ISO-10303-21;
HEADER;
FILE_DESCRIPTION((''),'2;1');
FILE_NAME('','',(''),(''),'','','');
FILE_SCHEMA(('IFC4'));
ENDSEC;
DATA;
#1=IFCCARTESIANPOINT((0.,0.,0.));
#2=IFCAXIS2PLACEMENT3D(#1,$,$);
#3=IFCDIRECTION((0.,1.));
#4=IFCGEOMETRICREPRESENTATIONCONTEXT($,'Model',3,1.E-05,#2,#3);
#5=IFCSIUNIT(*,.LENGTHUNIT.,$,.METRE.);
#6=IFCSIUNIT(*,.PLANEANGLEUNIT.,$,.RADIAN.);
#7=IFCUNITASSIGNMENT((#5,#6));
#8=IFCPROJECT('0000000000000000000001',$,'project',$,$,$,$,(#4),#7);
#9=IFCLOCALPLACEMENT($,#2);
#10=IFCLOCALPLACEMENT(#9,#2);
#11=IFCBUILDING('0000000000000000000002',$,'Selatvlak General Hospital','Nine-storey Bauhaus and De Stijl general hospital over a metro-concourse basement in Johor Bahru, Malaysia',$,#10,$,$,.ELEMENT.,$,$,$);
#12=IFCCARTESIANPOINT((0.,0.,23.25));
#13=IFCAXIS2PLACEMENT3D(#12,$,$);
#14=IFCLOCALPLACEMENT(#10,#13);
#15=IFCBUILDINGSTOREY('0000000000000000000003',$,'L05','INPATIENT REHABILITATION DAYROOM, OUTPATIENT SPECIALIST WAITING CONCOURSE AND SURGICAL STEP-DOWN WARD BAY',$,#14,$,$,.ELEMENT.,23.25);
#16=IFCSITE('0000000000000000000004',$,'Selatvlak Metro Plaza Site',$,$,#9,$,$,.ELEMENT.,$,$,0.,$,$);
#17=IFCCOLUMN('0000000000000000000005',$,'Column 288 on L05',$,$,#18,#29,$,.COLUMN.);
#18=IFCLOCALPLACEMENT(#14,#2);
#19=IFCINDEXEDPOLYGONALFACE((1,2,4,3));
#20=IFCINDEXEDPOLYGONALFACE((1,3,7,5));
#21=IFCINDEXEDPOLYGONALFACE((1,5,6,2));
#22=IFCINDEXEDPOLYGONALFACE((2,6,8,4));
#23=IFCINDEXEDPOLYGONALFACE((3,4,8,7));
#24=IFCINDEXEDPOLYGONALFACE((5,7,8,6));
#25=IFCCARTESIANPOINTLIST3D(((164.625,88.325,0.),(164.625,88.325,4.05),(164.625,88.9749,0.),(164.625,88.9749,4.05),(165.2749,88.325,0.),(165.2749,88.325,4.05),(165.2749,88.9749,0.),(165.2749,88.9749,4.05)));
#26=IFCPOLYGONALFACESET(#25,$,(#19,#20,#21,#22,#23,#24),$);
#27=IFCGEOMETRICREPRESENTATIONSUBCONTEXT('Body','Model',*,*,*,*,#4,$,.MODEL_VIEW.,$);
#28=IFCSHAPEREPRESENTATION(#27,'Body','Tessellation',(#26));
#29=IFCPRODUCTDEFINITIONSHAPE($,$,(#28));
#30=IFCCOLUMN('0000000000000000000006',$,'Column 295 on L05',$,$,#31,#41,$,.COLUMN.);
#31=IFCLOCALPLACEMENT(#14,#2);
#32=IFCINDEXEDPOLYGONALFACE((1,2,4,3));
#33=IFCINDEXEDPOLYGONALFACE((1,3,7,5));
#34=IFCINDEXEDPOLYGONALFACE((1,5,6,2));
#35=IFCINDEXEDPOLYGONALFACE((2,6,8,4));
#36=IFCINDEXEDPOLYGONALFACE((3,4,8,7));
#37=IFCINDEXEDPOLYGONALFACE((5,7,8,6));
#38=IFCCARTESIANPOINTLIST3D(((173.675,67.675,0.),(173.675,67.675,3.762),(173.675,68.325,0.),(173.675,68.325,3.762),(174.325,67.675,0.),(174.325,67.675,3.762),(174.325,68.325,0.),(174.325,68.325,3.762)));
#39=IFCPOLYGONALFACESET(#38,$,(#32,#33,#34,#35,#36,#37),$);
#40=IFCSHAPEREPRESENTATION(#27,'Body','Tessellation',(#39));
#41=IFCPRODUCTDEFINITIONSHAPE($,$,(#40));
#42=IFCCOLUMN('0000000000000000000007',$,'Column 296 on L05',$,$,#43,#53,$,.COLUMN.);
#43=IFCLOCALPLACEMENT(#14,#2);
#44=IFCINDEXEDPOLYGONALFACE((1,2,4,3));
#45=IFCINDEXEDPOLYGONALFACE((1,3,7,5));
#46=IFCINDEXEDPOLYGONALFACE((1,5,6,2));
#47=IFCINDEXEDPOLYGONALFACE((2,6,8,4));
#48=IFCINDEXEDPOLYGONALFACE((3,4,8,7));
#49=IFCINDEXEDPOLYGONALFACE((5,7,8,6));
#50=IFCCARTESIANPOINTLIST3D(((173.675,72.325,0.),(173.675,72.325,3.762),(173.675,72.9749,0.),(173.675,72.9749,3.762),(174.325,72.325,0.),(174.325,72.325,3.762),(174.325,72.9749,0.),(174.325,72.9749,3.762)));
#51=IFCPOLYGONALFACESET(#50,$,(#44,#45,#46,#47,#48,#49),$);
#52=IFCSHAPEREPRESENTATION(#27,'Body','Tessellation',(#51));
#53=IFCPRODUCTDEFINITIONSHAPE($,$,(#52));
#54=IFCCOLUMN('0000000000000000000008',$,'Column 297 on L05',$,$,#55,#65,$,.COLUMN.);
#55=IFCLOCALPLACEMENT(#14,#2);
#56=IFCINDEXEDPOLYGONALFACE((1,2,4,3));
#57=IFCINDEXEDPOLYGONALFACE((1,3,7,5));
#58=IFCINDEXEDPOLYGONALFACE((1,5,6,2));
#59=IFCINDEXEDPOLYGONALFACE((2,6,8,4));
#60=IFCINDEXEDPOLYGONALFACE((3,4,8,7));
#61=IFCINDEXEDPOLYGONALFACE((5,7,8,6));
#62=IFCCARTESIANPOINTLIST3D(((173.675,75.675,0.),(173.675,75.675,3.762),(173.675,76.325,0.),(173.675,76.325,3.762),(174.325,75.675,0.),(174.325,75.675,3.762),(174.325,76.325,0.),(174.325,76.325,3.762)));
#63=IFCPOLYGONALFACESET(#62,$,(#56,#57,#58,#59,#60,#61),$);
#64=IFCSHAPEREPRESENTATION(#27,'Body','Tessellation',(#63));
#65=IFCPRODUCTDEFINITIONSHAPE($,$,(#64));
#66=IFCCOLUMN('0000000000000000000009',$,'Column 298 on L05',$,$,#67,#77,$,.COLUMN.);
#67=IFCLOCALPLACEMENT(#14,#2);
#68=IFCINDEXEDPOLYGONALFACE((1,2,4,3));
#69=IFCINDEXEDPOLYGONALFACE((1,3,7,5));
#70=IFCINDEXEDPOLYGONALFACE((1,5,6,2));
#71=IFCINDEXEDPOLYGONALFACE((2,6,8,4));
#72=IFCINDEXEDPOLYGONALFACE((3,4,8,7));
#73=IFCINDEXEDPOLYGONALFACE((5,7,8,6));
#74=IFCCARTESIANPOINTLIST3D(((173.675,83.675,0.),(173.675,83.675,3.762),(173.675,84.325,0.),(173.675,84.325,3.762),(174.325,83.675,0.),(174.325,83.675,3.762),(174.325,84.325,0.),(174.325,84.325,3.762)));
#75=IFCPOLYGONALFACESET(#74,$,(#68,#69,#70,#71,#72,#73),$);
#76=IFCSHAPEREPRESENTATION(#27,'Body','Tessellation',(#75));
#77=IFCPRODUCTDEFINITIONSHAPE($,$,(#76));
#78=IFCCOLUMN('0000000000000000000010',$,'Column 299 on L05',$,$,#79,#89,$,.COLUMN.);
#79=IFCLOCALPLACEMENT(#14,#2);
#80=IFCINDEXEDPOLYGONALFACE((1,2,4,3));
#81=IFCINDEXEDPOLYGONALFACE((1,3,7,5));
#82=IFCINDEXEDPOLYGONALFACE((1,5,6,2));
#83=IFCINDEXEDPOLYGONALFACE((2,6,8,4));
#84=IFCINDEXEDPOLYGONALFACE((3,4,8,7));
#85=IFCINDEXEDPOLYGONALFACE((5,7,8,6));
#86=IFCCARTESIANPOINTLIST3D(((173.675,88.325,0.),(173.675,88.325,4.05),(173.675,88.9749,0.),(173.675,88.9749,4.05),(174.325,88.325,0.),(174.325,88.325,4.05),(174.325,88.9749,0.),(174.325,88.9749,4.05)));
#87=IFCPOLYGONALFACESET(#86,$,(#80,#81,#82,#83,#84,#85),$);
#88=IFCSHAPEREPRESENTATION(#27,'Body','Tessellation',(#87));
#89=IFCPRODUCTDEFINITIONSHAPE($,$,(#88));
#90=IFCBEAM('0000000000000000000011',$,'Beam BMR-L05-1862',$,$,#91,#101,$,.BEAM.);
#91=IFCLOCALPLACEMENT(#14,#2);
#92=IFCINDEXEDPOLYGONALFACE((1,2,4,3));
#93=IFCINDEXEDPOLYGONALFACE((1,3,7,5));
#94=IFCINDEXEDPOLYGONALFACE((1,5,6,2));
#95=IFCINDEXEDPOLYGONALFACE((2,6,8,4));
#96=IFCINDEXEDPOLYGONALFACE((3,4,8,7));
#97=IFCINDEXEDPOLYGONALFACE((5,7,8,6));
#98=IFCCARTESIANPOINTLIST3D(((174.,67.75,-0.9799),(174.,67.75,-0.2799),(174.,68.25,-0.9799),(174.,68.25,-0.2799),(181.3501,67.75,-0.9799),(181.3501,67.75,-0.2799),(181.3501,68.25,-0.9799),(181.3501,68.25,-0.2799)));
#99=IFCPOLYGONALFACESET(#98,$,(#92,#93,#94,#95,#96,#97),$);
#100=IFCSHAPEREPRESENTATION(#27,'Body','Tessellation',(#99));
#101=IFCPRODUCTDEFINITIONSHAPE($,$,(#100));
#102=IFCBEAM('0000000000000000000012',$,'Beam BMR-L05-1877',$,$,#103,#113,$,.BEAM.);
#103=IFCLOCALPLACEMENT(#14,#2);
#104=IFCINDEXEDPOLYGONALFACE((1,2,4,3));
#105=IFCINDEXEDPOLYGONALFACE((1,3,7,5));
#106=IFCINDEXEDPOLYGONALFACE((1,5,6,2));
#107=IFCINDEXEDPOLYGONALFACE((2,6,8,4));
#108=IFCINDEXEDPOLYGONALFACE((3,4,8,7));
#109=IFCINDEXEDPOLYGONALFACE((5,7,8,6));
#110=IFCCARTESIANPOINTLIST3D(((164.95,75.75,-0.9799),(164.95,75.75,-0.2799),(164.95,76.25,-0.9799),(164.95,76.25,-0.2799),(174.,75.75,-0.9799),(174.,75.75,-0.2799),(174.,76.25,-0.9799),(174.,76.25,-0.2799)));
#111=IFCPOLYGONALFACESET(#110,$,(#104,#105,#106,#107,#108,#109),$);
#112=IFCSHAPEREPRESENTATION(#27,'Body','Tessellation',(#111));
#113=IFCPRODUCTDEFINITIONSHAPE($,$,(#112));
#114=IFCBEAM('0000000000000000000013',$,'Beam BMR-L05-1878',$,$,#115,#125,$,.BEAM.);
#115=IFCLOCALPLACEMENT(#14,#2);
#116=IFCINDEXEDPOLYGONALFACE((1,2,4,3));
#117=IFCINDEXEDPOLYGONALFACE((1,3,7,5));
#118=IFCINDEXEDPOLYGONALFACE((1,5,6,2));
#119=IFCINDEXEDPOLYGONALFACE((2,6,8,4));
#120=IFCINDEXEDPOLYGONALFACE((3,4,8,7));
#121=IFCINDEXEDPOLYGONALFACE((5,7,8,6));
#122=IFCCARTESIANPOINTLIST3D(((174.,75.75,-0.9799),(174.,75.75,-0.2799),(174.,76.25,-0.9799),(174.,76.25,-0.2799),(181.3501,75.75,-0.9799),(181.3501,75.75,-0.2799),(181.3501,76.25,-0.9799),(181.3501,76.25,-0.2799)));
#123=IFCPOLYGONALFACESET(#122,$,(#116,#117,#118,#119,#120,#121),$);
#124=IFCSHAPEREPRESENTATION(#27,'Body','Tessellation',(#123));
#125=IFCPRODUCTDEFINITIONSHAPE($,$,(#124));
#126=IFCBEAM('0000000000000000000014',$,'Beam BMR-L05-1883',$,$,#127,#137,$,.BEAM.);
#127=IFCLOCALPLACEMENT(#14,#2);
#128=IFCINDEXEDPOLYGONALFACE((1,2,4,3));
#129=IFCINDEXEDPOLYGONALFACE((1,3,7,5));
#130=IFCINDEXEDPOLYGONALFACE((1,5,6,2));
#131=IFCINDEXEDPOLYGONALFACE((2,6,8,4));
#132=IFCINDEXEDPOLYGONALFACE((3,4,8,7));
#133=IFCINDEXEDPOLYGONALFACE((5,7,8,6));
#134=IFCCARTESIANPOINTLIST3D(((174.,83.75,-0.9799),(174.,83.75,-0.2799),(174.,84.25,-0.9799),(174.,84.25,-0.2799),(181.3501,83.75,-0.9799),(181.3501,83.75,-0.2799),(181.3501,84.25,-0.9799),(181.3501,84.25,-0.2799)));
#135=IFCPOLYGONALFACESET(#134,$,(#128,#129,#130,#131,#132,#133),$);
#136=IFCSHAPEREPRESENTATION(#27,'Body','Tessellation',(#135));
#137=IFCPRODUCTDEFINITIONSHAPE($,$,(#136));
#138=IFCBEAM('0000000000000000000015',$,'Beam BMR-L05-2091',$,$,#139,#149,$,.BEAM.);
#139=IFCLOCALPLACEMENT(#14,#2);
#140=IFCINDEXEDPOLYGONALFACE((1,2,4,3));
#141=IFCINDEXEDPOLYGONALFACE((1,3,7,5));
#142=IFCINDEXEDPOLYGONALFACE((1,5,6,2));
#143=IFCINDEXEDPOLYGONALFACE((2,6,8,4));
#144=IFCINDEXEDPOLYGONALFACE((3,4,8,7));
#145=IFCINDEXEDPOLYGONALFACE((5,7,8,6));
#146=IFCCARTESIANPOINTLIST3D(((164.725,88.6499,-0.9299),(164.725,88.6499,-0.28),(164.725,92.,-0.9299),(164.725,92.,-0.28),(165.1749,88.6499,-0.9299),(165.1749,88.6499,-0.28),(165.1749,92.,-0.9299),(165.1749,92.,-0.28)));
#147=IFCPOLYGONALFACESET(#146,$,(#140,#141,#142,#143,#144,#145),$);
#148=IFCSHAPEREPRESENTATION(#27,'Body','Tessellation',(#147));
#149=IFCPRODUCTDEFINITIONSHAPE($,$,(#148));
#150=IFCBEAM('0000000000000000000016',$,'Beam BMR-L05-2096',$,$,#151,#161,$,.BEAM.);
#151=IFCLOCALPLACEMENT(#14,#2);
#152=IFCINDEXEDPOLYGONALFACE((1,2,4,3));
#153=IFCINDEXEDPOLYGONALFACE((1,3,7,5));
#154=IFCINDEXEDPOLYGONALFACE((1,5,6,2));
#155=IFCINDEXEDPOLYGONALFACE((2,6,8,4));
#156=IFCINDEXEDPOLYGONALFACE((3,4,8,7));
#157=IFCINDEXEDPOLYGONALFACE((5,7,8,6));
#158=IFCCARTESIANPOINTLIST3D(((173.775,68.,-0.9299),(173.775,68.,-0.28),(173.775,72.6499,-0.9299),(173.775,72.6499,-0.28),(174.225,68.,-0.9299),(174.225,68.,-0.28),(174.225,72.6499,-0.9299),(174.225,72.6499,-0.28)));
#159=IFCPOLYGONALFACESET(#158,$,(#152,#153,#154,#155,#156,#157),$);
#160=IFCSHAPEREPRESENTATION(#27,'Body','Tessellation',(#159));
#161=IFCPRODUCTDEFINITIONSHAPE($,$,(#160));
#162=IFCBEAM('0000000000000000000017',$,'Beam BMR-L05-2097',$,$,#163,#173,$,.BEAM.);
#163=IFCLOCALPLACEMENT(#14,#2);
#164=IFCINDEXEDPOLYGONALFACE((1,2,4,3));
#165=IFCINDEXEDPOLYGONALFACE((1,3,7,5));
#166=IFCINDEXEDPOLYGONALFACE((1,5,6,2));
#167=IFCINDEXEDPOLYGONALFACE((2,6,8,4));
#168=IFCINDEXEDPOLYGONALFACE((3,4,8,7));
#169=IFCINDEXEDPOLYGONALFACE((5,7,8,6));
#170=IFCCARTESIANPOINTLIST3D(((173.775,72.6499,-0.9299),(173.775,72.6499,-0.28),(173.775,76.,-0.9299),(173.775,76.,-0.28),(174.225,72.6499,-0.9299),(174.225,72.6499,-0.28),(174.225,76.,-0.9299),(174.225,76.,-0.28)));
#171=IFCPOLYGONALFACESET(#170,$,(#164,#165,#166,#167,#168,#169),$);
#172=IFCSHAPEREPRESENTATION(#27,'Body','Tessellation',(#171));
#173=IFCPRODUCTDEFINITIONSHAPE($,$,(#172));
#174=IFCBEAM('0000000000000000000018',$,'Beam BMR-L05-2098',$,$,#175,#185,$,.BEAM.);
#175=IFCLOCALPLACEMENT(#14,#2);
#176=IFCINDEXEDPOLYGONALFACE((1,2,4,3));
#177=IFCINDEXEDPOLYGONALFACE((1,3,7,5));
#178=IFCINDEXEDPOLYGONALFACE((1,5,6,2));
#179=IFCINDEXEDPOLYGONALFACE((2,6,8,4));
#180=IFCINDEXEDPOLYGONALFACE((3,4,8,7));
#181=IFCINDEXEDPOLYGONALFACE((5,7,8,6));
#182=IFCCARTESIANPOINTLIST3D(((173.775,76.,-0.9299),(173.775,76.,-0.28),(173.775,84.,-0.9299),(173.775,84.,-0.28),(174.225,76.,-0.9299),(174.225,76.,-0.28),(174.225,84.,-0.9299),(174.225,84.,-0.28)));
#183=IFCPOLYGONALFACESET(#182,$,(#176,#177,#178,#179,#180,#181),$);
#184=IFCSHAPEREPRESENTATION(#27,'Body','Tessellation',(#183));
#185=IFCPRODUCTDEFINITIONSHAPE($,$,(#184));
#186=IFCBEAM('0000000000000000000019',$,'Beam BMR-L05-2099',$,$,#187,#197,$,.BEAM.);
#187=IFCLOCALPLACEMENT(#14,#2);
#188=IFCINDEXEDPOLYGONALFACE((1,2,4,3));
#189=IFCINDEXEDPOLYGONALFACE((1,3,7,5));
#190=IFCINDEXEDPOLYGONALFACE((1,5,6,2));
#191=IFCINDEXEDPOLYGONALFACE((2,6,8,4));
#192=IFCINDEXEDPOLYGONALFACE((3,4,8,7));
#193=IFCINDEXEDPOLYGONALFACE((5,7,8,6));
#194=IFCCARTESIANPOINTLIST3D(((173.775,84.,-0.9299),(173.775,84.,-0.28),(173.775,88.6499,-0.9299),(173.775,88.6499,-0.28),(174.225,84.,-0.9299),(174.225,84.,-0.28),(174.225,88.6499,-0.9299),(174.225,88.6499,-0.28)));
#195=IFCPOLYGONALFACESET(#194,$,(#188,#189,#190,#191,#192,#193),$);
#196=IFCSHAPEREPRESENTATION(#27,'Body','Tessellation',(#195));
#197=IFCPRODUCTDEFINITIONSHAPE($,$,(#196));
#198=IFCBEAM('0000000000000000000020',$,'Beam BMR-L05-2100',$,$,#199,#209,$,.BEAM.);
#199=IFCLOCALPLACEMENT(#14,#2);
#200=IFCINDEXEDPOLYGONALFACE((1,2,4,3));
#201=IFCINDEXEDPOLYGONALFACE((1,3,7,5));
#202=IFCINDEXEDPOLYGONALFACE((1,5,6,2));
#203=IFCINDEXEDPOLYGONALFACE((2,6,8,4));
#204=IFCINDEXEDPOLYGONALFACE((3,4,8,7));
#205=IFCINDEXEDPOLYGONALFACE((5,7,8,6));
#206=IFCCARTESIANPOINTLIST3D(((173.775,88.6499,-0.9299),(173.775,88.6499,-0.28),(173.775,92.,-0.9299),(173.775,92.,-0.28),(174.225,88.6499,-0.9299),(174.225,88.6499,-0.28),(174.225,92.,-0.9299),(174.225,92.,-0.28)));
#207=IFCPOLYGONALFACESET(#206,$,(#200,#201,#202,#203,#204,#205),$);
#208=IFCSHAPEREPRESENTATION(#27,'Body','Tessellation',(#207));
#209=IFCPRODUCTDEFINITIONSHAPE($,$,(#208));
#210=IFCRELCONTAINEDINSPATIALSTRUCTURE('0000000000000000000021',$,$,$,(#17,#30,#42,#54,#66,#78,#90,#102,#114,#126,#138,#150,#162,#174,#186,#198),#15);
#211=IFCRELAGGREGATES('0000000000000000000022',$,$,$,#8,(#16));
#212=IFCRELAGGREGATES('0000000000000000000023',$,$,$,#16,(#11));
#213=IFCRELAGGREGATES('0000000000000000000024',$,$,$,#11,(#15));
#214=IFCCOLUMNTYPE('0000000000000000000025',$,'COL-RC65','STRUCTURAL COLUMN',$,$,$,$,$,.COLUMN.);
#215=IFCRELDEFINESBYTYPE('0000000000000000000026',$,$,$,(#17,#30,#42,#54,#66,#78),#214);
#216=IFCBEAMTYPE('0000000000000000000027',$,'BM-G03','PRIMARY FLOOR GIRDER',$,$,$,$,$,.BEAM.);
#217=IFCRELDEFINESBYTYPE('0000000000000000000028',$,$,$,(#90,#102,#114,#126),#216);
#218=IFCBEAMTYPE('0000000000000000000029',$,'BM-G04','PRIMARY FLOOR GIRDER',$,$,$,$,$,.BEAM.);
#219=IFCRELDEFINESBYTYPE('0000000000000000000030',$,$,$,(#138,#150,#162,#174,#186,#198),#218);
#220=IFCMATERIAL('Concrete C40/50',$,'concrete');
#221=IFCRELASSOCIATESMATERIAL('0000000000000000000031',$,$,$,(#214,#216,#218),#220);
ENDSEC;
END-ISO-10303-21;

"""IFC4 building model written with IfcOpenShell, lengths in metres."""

from ifc_helpers import new_model, si_unit, direction, frame, origin, origin_2d, place, context, subcontext, project, spatial, rectangle, extrude, material, material_profile, profile_set, type_object, element, save


model = new_model("IFC4")

# Units and contexts
model_context = context("Model", 3, precision=1e-05, world=origin(), true_north=direction((0.0, 1.0)))
body_context = subcontext(model_context, "Body", "Model", "MODEL_VIEW")
ifc_project = project(units=[si_unit("LENGTHUNIT", "METRE"), si_unit("PLANEANGLEUNIT", "RADIAN")], contexts=[model_context])

# Site, building, storey
site_placement = place(None, origin())
site = spatial("IfcSite", under=ifc_project, at=site_placement, Name="Selatvlak Metro Plaza Site", CompositionType="ELEMENT", RefElevation=0.0)
building_placement = place(site_placement, origin())
building = spatial("IfcBuilding", under=site, at=building_placement, Name="Selatvlak General Hospital", Description="Nine-storey Bauhaus and De Stijl general hospital over a metro-concourse basement in Johor Bahru, Malaysia", CompositionType="ELEMENT")
storey_placement = place(building_placement, frame((0.0, 0.0, 23.25)))
storey = spatial("IfcBuildingStorey", under=building, at=storey_placement, Name="L05", Description="INPATIENT REHABILITATION DAYROOM, OUTPATIENT SPECIALIST WAITING CONCOURSE AND SURGICAL STEP-DOWN WARD BAY", CompositionType="ELEMENT", Elevation=23.25)

# Columns
ifc_material_1 = material(Name="Concrete C40/50", Category="concrete")
ifc_material_profile_1 = material_profile(ifc_material_1, rectangle(XDim=0.6499, YDim=0.6499, at=origin_2d()), Name="RC-COL 650x650")
ifc_profile_set_1 = profile_set([ifc_material_profile_1], Name="Concrete C40/50")
column_type = type_object("IfcColumnType", Name="COL-RC65", Description="STRUCTURAL COLUMN", PredefinedType="COLUMN", material=ifc_profile_set_1)
column_1_placement = place(storey_placement, frame((164.95, 88.6499, 0.0), z_axis=(0.0, 0.0, 1.0), x_axis=(1.0, 0.0, 0.0)))
element("IfcColumn", 1, at=column_1_placement, inside=storey, type_object=column_type, Name="Column 288 on L05", PredefinedType="COLUMN", context=body_context, shape_type="SweptSolid", body=[
    extrude(rectangle(XDim=0.6499, YDim=0.6499, at=origin_2d()), origin(), (0.0, 0.0, 1.0), 4.05),
])
for number, where, z_axis, x_axis, name in (
    (2, (174.0, 68.0, 0.0), (0.0, 0.0, 1.0), (1.0, 0.0, 0.0), "Column 295 on L05"),
    (3, (174.0, 72.6499, 0.0), (0.0, 0.0, 1.0), (1.0, 0.0, 0.0), "Column 296 on L05"),
    (4, (174.0, 76.0, 0.0), (0.0, 0.0, 1.0), (1.0, 0.0, 0.0), "Column 297 on L05"),
    (5, (174.0, 84.0, 0.0), (0.0, 0.0, 1.0), (1.0, 0.0, 0.0), "Column 298 on L05"),
):
    element("IfcColumn", number, at=place(storey_placement, frame(where, z_axis=z_axis, x_axis=x_axis)), inside=storey, type_object=column_type, Name=name, PredefinedType="COLUMN", context=body_context, shape_type="SweptSolid", body=[
        extrude(rectangle(XDim=0.6499, YDim=0.6499, at=origin_2d()), origin(), (0.0, 0.0, 1.0), 3.762),
    ])
column_2_placement = place(storey_placement, frame((174.0, 88.6499, 0.0), z_axis=(0.0, 0.0, 1.0), x_axis=(1.0, 0.0, 0.0)))
element("IfcColumn", 6, at=column_2_placement, inside=storey, type_object=column_type, Name="Column 299 on L05", PredefinedType="COLUMN", context=body_context, shape_type="SweptSolid", body=[
    extrude(rectangle(XDim=0.6499, YDim=0.6499, at=origin_2d()), origin(), (0.0, 0.0, 1.0), 4.05),
])

# Beams
ifc_material_profile_2 = material_profile(ifc_material_1, rectangle(XDim=0.5, YDim=0.7, at=origin_2d()), Name="RC-BM 500x700")
ifc_profile_set_2 = profile_set([ifc_material_profile_2], Name="Concrete C40/50")
beam_type_1 = type_object("IfcBeamType", Name="BM-G03", Description="PRIMARY FLOOR GIRDER", PredefinedType="BEAM", material=ifc_profile_set_2)
beam_1_placement = place(storey_placement, frame((174.0, 68.0, -0.6299), z_axis=(1.0, 0.0, 0.0), x_axis=(0.0, 1.0, 0.0)))
element("IfcBeam", 7, at=beam_1_placement, inside=storey, type_object=beam_type_1, Name="Beam BMR-L05-1862", PredefinedType="BEAM", context=body_context, shape_type="SweptSolid", body=[
    extrude(rectangle(XDim=0.5, YDim=0.7, at=origin_2d()), origin(), (0.0, 0.0, 1.0), 7.3501),
])
beam_2_placement = place(storey_placement, frame((164.95, 76.0, -0.6299), z_axis=(1.0, 0.0, 0.0), x_axis=(0.0, 1.0, 0.0)))
element("IfcBeam", 8, at=beam_2_placement, inside=storey, type_object=beam_type_1, Name="Beam BMR-L05-1877", PredefinedType="BEAM", context=body_context, shape_type="SweptSolid", body=[
    extrude(rectangle(XDim=0.5, YDim=0.7, at=origin_2d()), origin(), (0.0, 0.0, 1.0), 9.05),
])
for number, where, z_axis, x_axis, name in (
    (9, (174.0, 76.0, -0.6299), (1.0, 0.0, 0.0), (0.0, 1.0, 0.0), "Beam BMR-L05-1878"),
    (10, (174.0, 84.0, -0.6299), (1.0, 0.0, 0.0), (0.0, 1.0, 0.0), "Beam BMR-L05-1883"),
):
    element("IfcBeam", number, at=place(storey_placement, frame(where, z_axis=z_axis, x_axis=x_axis)), inside=storey, type_object=beam_type_1, Name=name, PredefinedType="BEAM", context=body_context, shape_type="SweptSolid", body=[
        extrude(rectangle(XDim=0.5, YDim=0.7, at=origin_2d()), origin(), (0.0, 0.0, 1.0), 7.3501),
    ])
ifc_material_profile_3 = material_profile(ifc_material_1, rectangle(XDim=0.45, YDim=0.6499, at=origin_2d()), Name="RC-BM 450x650")
ifc_profile_set_3 = profile_set([ifc_material_profile_3], Name="Concrete C40/50")
beam_type_2 = type_object("IfcBeamType", Name="BM-G04", Description="PRIMARY FLOOR GIRDER", PredefinedType="BEAM", material=ifc_profile_set_3)
beam_3_placement = place(storey_placement, frame((164.95, 88.6499, -0.605), z_axis=(0.0, 1.0, 0.0), x_axis=(-1.0, 0.0, 0.0)))
element("IfcBeam", 11, at=beam_3_placement, inside=storey, type_object=beam_type_2, Name="Beam BMR-L05-2091", PredefinedType="BEAM", context=body_context, shape_type="SweptSolid", body=[
    extrude(rectangle(XDim=0.45, YDim=0.6499, at=origin_2d()), origin(), (0.0, 0.0, 1.0), 3.3501),
])
beam_4_placement = place(storey_placement, frame((174.0, 68.0, -0.605), z_axis=(0.0, 1.0, 0.0), x_axis=(-1.0, 0.0, 0.0)))
element("IfcBeam", 12, at=beam_4_placement, inside=storey, type_object=beam_type_2, Name="Beam BMR-L05-2096", PredefinedType="BEAM", context=body_context, shape_type="SweptSolid", body=[
    extrude(rectangle(XDim=0.45, YDim=0.6499, at=origin_2d()), origin(), (0.0, 0.0, 1.0), 4.6499),
])
beam_5_placement = place(storey_placement, frame((174.0, 72.6499, -0.605), z_axis=(0.0, 1.0, 0.0), x_axis=(-1.0, 0.0, 0.0)))
element("IfcBeam", 13, at=beam_5_placement, inside=storey, type_object=beam_type_2, Name="Beam BMR-L05-2097", PredefinedType="BEAM", context=body_context, shape_type="SweptSolid", body=[
    extrude(rectangle(XDim=0.45, YDim=0.6499, at=origin_2d()), origin(), (0.0, 0.0, 1.0), 3.3501),
])
beam_6_placement = place(storey_placement, frame((174.0, 76.0, -0.605), z_axis=(0.0, 1.0, 0.0), x_axis=(-1.0, 0.0, 0.0)))
element("IfcBeam", 14, at=beam_6_placement, inside=storey, type_object=beam_type_2, Name="Beam BMR-L05-2098", PredefinedType="BEAM", context=body_context, shape_type="SweptSolid", body=[
    extrude(rectangle(XDim=0.45, YDim=0.6499, at=origin_2d()), origin(), (0.0, 0.0, 1.0), 8.0),
])
beam_7_placement = place(storey_placement, frame((174.0, 84.0, -0.605), z_axis=(0.0, 1.0, 0.0), x_axis=(-1.0, 0.0, 0.0)))
element("IfcBeam", 15, at=beam_7_placement, inside=storey, type_object=beam_type_2, Name="Beam BMR-L05-2099", PredefinedType="BEAM", context=body_context, shape_type="SweptSolid", body=[
    extrude(rectangle(XDim=0.45, YDim=0.6499, at=origin_2d()), origin(), (0.0, 0.0, 1.0), 4.6499),
])
beam_8_placement = place(storey_placement, frame((174.0, 88.6499, -0.605), z_axis=(0.0, 1.0, 0.0), x_axis=(-1.0, 0.0, 0.0)))
element("IfcBeam", 16, at=beam_8_placement, inside=storey, type_object=beam_type_2, Name="Beam BMR-L05-2100", PredefinedType="BEAM", context=body_context, shape_type="SweptSolid", body=[
    extrude(rectangle(XDim=0.45, YDim=0.6499, at=origin_2d()), origin(), (0.0, 0.0, 1.0), 3.3501),
])

save(model, "model.ifc")
